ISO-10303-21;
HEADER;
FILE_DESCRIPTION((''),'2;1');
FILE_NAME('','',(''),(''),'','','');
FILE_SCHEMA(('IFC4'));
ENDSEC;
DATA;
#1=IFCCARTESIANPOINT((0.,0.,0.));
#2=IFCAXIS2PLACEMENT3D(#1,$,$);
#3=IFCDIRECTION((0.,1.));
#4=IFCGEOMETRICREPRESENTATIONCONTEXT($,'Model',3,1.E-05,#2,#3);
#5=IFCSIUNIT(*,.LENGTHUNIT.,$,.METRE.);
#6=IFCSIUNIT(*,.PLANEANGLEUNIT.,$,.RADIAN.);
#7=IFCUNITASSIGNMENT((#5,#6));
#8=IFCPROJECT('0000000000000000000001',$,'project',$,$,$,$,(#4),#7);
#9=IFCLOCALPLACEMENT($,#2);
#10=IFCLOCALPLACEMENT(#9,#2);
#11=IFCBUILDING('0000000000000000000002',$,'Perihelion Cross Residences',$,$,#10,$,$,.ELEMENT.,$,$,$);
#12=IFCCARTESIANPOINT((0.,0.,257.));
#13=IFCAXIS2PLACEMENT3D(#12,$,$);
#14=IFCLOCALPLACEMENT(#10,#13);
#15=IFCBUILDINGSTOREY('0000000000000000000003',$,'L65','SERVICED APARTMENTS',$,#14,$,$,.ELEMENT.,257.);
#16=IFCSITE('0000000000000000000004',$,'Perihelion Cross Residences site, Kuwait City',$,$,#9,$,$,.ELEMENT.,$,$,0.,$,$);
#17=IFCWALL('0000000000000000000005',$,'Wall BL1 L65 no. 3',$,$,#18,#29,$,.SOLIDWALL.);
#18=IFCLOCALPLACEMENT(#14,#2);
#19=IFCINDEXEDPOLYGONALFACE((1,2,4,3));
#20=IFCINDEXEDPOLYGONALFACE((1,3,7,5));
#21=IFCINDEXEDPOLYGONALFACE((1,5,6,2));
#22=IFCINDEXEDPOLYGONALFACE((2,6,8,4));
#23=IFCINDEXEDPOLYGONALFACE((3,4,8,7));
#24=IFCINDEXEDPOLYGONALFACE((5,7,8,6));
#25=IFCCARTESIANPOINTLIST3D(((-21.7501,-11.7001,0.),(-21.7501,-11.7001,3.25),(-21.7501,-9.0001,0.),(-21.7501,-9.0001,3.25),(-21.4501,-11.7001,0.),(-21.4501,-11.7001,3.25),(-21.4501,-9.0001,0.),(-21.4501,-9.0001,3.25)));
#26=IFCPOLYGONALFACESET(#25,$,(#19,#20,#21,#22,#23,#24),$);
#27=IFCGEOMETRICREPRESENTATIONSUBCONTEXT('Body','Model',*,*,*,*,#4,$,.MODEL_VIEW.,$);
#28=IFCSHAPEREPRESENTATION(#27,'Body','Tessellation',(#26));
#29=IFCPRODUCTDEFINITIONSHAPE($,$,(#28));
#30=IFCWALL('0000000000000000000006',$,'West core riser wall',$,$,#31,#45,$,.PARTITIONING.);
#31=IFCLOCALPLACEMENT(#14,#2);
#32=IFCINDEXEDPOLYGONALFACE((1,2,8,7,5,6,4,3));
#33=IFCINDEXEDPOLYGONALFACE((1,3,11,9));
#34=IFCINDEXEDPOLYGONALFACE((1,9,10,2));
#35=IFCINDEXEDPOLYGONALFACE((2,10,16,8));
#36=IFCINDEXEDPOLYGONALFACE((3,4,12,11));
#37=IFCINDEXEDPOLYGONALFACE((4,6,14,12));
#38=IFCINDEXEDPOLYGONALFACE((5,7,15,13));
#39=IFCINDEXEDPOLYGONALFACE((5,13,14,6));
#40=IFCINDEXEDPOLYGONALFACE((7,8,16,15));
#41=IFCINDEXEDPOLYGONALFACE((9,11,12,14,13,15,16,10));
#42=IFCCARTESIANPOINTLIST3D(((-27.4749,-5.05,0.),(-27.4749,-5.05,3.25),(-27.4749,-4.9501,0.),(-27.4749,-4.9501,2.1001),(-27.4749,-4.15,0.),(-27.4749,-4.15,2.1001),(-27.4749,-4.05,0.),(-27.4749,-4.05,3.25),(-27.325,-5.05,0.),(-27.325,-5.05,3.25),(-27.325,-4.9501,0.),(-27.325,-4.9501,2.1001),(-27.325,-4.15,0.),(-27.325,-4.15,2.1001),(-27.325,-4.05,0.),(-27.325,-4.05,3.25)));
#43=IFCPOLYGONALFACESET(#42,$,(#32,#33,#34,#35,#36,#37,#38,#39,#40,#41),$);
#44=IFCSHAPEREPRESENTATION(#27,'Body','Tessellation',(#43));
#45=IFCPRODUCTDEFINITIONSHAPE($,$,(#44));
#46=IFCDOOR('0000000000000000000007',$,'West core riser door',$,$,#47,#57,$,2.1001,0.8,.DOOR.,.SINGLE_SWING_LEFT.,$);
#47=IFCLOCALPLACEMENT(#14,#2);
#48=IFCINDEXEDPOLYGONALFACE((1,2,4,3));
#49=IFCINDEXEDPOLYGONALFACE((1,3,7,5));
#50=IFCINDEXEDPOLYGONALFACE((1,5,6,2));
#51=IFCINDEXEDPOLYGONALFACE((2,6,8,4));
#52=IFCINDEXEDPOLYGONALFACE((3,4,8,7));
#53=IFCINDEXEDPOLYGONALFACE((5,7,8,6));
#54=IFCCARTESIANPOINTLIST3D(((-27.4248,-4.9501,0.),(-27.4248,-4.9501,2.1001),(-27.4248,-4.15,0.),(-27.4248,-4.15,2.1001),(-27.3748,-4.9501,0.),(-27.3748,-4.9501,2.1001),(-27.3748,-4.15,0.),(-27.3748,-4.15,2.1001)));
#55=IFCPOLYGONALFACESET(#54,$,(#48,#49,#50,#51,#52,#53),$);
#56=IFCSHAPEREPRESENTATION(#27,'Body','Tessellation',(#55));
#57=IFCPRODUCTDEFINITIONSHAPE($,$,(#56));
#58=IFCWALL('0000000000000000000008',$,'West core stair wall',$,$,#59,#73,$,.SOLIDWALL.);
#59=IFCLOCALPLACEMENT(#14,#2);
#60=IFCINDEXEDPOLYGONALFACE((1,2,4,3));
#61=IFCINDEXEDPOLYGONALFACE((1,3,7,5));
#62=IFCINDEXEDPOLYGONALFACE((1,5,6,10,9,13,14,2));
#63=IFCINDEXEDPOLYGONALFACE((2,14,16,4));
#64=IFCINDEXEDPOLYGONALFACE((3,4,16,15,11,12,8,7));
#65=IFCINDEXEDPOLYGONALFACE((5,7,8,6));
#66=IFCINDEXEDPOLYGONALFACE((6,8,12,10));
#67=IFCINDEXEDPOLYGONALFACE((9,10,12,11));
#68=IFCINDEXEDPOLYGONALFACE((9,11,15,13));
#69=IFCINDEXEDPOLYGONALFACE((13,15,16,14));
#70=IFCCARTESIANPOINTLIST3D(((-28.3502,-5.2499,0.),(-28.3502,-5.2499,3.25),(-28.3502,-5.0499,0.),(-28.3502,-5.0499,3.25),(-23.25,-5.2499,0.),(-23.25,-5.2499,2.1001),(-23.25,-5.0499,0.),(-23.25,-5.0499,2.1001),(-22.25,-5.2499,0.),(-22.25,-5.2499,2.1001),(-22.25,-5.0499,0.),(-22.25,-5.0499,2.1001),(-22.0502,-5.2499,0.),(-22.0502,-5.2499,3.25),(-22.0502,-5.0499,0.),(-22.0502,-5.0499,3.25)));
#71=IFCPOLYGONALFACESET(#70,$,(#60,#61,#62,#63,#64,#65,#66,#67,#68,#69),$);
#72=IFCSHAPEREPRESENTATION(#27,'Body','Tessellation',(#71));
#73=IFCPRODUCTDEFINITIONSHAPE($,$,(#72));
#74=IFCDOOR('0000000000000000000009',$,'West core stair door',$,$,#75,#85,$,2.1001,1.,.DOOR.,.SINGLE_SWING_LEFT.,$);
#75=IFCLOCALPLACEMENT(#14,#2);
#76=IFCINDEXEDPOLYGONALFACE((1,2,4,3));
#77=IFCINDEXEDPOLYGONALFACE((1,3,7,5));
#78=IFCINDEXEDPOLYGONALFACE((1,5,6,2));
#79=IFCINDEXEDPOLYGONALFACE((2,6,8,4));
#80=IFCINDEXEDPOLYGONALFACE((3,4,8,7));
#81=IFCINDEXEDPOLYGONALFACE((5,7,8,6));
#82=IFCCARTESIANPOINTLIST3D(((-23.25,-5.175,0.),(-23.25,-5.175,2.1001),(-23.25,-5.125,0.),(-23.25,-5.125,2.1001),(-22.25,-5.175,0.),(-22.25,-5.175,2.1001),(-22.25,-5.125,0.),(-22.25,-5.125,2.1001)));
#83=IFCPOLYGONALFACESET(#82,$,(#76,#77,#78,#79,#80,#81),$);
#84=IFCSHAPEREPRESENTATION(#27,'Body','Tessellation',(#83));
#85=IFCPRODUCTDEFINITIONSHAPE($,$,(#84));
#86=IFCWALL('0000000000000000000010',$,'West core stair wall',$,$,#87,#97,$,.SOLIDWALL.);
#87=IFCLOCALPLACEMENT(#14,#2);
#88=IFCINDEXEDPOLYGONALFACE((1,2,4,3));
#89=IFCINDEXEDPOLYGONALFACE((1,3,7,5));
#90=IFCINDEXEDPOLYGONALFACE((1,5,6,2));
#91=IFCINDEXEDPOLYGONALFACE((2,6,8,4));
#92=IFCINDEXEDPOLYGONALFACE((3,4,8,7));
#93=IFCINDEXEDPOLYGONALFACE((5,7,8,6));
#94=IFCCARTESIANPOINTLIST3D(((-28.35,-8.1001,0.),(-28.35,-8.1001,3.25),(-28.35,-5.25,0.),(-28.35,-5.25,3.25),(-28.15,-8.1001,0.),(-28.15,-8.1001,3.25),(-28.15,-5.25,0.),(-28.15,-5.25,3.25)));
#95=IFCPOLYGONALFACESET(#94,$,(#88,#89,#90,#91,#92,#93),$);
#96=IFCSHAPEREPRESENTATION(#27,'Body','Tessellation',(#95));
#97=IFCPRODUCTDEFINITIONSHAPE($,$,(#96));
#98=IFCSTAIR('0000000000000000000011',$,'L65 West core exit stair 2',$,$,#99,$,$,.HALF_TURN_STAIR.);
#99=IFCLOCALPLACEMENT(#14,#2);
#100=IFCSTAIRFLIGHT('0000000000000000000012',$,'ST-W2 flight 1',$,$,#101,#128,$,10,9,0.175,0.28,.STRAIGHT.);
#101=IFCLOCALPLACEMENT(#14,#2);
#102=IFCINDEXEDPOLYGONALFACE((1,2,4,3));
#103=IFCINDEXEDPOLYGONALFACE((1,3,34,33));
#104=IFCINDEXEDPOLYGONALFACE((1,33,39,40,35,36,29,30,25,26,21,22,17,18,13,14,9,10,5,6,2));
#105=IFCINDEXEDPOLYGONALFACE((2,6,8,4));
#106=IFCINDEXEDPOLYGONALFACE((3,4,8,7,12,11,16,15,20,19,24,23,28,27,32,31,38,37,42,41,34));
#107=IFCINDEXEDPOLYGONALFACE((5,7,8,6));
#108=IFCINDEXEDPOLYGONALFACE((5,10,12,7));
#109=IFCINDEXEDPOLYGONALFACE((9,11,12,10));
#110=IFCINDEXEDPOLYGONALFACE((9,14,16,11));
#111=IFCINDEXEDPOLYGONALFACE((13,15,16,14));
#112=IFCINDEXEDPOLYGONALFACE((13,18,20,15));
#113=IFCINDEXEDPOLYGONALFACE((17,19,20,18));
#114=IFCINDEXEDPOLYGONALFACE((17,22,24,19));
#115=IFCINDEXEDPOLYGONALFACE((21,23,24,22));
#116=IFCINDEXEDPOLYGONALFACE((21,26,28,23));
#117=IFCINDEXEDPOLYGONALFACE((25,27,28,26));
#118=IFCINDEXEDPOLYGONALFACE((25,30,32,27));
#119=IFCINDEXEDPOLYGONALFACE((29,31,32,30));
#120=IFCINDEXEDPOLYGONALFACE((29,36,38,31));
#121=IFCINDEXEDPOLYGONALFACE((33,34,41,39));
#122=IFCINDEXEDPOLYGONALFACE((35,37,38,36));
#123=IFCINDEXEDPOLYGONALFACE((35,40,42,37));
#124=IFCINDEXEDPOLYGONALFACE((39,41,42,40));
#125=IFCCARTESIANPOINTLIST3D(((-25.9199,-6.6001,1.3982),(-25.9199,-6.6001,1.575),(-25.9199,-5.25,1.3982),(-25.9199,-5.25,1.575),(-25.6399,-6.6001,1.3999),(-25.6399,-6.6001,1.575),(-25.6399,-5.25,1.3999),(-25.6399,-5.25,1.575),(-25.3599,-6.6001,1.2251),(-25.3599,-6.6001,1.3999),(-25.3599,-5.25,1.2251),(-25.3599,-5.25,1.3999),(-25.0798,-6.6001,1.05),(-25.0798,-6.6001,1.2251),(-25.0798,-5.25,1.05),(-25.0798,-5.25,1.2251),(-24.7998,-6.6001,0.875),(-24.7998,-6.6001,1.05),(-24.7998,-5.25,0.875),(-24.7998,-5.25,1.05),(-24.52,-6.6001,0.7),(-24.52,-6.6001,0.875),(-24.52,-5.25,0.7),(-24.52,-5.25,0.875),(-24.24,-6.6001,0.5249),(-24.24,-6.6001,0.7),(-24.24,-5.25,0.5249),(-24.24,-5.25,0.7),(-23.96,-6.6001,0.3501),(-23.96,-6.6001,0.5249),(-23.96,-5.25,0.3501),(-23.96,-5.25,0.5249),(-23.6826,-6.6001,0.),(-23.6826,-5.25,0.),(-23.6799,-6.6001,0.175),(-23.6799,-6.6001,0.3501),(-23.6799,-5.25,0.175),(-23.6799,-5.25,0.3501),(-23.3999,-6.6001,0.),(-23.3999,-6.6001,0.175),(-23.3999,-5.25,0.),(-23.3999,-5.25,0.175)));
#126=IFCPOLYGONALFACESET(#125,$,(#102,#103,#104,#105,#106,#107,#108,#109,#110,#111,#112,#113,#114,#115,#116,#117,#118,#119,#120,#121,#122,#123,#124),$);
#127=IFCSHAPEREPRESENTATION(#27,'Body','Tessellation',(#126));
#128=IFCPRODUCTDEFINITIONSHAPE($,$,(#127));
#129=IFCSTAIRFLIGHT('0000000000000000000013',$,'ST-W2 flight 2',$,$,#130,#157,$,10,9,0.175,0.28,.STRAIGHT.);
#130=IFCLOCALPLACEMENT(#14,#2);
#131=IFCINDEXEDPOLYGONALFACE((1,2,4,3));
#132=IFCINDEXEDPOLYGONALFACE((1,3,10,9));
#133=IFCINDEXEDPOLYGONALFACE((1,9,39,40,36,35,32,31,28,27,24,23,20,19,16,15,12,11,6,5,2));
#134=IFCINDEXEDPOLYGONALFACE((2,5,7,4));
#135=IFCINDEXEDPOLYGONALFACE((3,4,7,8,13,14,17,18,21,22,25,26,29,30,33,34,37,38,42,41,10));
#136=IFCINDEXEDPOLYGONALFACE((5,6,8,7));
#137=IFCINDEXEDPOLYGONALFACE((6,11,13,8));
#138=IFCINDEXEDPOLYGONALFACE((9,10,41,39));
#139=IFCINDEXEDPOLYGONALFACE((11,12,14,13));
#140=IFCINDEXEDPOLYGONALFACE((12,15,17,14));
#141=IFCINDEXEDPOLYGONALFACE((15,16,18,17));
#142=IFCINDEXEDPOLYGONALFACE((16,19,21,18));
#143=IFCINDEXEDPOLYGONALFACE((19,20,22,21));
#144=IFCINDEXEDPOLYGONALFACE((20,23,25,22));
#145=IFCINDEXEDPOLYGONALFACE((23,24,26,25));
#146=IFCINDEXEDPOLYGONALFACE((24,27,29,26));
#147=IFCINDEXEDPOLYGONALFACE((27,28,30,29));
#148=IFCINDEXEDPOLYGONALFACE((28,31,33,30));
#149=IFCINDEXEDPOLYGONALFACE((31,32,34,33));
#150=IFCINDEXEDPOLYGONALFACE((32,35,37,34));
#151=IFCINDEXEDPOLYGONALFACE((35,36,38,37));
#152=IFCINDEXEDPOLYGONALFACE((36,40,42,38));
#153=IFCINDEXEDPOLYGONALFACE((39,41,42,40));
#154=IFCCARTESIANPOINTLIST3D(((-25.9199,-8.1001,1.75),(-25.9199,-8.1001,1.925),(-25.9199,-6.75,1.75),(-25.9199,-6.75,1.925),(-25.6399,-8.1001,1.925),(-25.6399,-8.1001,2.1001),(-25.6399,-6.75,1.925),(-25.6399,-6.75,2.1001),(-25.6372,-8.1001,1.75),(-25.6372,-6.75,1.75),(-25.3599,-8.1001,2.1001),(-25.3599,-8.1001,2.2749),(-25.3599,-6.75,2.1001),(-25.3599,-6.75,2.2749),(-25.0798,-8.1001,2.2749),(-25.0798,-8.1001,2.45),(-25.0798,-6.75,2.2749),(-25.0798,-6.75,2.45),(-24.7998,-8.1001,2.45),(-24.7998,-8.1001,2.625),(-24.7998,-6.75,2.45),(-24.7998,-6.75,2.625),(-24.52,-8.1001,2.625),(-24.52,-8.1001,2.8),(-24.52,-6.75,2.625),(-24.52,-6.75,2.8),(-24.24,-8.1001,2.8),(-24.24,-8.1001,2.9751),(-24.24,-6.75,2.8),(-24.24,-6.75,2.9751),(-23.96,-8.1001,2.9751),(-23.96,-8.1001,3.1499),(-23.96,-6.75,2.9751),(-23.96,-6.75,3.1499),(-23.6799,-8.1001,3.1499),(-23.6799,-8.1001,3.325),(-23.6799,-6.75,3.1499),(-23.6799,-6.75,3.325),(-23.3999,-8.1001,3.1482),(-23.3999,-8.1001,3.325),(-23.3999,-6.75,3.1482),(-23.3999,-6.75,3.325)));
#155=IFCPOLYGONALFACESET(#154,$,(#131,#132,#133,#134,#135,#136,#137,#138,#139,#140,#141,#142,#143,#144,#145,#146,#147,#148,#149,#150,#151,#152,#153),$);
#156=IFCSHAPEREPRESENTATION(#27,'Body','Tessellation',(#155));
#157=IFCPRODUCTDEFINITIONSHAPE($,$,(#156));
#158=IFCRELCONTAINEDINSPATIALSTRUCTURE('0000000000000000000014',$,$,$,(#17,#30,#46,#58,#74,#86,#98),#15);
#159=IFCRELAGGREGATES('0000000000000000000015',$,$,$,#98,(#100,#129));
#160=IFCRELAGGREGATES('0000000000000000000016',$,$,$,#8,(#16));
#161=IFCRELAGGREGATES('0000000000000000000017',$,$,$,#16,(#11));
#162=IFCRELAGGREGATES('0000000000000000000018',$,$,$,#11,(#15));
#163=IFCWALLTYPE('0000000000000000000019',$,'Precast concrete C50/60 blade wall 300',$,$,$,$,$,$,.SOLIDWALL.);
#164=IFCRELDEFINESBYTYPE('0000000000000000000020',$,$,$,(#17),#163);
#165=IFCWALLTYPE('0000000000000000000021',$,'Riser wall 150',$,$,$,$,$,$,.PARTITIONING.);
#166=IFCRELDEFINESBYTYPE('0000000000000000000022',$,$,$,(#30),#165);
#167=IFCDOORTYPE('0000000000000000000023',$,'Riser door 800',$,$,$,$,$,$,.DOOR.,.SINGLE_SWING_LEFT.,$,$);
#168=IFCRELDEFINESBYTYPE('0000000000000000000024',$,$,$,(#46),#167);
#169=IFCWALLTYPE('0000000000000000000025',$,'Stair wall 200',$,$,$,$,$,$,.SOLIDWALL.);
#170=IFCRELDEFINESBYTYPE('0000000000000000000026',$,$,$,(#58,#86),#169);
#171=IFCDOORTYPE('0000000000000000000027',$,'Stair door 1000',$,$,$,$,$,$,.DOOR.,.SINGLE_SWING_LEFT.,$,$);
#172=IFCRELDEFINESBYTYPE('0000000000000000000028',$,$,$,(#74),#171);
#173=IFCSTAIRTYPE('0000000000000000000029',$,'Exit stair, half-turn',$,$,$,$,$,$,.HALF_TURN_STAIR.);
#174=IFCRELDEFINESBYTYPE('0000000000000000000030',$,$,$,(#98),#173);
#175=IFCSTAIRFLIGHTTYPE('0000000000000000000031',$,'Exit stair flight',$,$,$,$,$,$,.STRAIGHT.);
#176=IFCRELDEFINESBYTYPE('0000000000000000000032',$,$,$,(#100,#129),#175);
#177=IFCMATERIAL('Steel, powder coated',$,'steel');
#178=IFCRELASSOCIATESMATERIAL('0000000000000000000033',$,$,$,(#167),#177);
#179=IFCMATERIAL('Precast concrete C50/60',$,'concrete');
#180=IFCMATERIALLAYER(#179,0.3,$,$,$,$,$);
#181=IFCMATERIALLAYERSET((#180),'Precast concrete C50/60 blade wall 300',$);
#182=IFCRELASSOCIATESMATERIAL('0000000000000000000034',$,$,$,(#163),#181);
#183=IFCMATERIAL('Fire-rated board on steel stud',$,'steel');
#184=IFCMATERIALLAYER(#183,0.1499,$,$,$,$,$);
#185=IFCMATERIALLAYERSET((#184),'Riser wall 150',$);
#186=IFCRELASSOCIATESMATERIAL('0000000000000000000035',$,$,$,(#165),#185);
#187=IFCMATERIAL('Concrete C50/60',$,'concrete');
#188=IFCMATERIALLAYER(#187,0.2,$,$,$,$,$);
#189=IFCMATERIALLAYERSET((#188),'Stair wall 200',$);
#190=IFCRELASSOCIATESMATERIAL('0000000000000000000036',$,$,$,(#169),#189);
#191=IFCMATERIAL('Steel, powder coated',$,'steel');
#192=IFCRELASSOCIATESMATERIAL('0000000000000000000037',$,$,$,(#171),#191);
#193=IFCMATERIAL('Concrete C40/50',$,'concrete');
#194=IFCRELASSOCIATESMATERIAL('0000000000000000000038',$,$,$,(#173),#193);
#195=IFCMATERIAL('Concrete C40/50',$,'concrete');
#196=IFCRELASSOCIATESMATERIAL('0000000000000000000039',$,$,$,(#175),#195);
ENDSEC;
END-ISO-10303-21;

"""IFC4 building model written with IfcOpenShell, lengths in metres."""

from ifc_helpers import new_model, si_unit, direction, frame, frame_2d, origin, place, context, subcontext, project, spatial, polyline, rectangle, outline, extrude, material, layer, layer_set, type_object, element, fill, aggregate, save


model = new_model("IFC4")

# Units and contexts
model_context = context("Model", 3, precision=1e-05, world=origin(), true_north=direction((0.0, 1.0)))
body_context = subcontext(model_context, "Body", "Model", "MODEL_VIEW")
ifc_project = project(units=[si_unit("LENGTHUNIT", "METRE"), si_unit("PLANEANGLEUNIT", "RADIAN")], contexts=[model_context])

# Site, building, storey
site_placement = place(None, origin())
site = spatial("IfcSite", under=ifc_project, at=site_placement, Name="Perihelion Cross Residences site, Kuwait City", CompositionType="ELEMENT", RefElevation=0.0)
building_placement = place(site_placement, origin())
building = spatial("IfcBuilding", under=site, at=building_placement, Name="Perihelion Cross Residences", CompositionType="ELEMENT")
storey_placement = place(building_placement, frame((0.0, 0.0, 257.0)))
storey = spatial("IfcBuildingStorey", under=building, at=storey_placement, Name="L65", Description="SERVICED APARTMENTS", CompositionType="ELEMENT", Elevation=257.0)

# Shared definitions
ifc_material_1 = material(Name="Steel, powder coated", Category="steel")
door_type_1 = type_object("IfcDoorType", Name="Riser door 800", OperationType="SINGLE_SWING_LEFT", PredefinedType="DOOR", material=ifc_material_1)

# Wall
ifc_material_2 = material(Name="Precast concrete C50/60", Category="concrete")
ifc_layer_1 = layer(ifc_material_2, 0.3)
ifc_layer_set_1 = layer_set([ifc_layer_1], Name="Precast concrete C50/60 blade wall 300")
wall_type_1 = type_object("IfcWallType", Name="Precast concrete C50/60 blade wall 300", PredefinedType="SOLIDWALL", material=ifc_layer_set_1)
wall_1_placement = place(storey_placement, frame((-21.6001, -9.0, 0.0), z_axis=(0.0, 0.0, 1.0), x_axis=(0.0, -1.0, 0.0)))
element("IfcWall", 1, at=wall_1_placement, inside=storey, type_object=wall_type_1, Name="Wall BL1 L65 no. 3", PredefinedType="SOLIDWALL", context=body_context, shape_type="SweptSolid", body=[
    extrude(rectangle(XDim=2.7, YDim=0.3, at=frame_2d((1.3501, 0.0))), origin(), (0.0, 0.0, 1.0), 3.25),
])

# Walls, openings, doors
ifc_material_3 = material(Name="Fire-rated board on steel stud", Category="steel")
ifc_layer_2 = layer(ifc_material_3, 0.1499)
ifc_layer_set_2 = layer_set([ifc_layer_2], Name="Riser wall 150")
wall_type_2 = type_object("IfcWallType", Name="Riser wall 150", PredefinedType="PARTITIONING", material=ifc_layer_set_2)
wall_2_placement = place(storey_placement, frame((-27.3999, -5.05, 0.0), z_axis=(0.0, 0.0, 1.0), x_axis=(0.0, 1.0, 0.0)))
wall_2 = element("IfcWall", 2, at=wall_2_placement, inside=storey, type_object=wall_type_2, Name="West core riser wall", PredefinedType="PARTITIONING", context=body_context, shape_type="SweptSolid", body=[
    extrude(rectangle(XDim=1.0, YDim=0.1499, at=frame_2d((0.5, 0.0))), origin(), (0.0, 0.0, 1.0), 3.25),
])
opening_1_placement = place(wall_2_placement, frame((0.1001, 0.0, 0.0)))
opening_1 = element("IfcOpeningElement", 3, at=opening_1_placement, cuts=wall_2, PredefinedType="OPENING", context=body_context, shape_type="SweptSolid", body=[
    extrude(rectangle(XDim=0.8, YDim=2.1001, at=frame_2d((0.3999, 1.05))), frame((0.0, 0.085, 0.0), z_axis=(0.0, -1.0, 0.0), x_axis=(1.0, 0.0, 0.0)), (0.0, 0.0, 1.0), 0.1699),
])
door_1_placement = place(opening_1_placement, origin())
door_1 = element("IfcDoor", 4, at=door_1_placement, inside=storey, type_object=door_type_1, Name="West core riser door", OperationType="SINGLE_SWING_LEFT", OverallHeight=2.1001, OverallWidth=0.8, PredefinedType="DOOR", context=body_context, shape_type="SweptSolid", body=[
    extrude(rectangle(XDim=0.8, YDim=2.1001, at=frame_2d((0.3999, 1.05))), frame((0.0, 0.0249, 0.0), z_axis=(0.0, -1.0, 0.0), x_axis=(1.0, 0.0, 0.0)), (0.0, 0.0, 1.0), 0.05),
])
fill(opening_1, door_1)
ifc_material_4 = material(Name="Concrete C50/60", Category="concrete")
ifc_layer_3 = layer(ifc_material_4, 0.2)
ifc_layer_set_3 = layer_set([ifc_layer_3], Name="Stair wall 200")
wall_type_3 = type_object("IfcWallType", Name="Stair wall 200", PredefinedType="SOLIDWALL", material=ifc_layer_set_3)
wall_3_placement = place(storey_placement, frame((-28.3501, -5.1499, 0.0), z_axis=(0.0, 0.0, 1.0), x_axis=(1.0, 0.0, 0.0)))
wall_3 = element("IfcWall", 5, at=wall_3_placement, inside=storey, type_object=wall_type_3, Name="West core stair wall", PredefinedType="SOLIDWALL", context=body_context, shape_type="SweptSolid", body=[
    extrude(rectangle(XDim=6.3, YDim=0.2, at=frame_2d((3.1499, 0.0))), origin(), (0.0, 0.0, 1.0), 3.25),
])
opening_2_placement = place(wall_3_placement, frame((5.1001, 0.0, 0.0)))
opening_2 = element("IfcOpeningElement", 6, at=opening_2_placement, cuts=wall_3, PredefinedType="OPENING", context=body_context, shape_type="SweptSolid", body=[
    extrude(rectangle(XDim=1.0, YDim=2.1001, at=frame_2d((0.5, 1.05))), frame((0.0, 0.1099, 0.0), z_axis=(0.0, -1.0, 0.0), x_axis=(1.0, 0.0, 0.0)), (0.0, 0.0, 1.0), 0.22),
])
ifc_material_5 = material(Name="Steel, powder coated", Category="steel")
door_type_2 = type_object("IfcDoorType", Name="Stair door 1000", OperationType="SINGLE_SWING_LEFT", PredefinedType="DOOR", material=ifc_material_5)
door_2_placement = place(opening_2_placement, origin())
door_2 = element("IfcDoor", 7, at=door_2_placement, inside=storey, type_object=door_type_2, Name="West core stair door", OperationType="SINGLE_SWING_LEFT", OverallHeight=2.1001, OverallWidth=1.0, PredefinedType="DOOR", context=body_context, shape_type="SweptSolid", body=[
    extrude(rectangle(XDim=1.0, YDim=2.1001, at=frame_2d((0.5, 1.05))), frame((0.0, 0.0249, 0.0), z_axis=(0.0, -1.0, 0.0), x_axis=(1.0, 0.0, 0.0)), (0.0, 0.0, 1.0), 0.05),
])
fill(opening_2, door_2)

# Wall
wall_4_placement = place(storey_placement, frame((-28.25, -8.1001, 0.0), z_axis=(0.0, 0.0, 1.0), x_axis=(0.0, 1.0, 0.0)))
element("IfcWall", 8, at=wall_4_placement, inside=storey, type_object=wall_type_3, Name="West core stair wall", PredefinedType="SOLIDWALL", context=body_context, shape_type="SweptSolid", body=[
    extrude(rectangle(XDim=2.8501, YDim=0.2, at=frame_2d((1.425, 0.0))), origin(), (0.0, 0.0, 1.0), 3.25),
])

# Stair, stair flights
ifc_material_6 = material(Name="Concrete C40/50", Category="concrete")
stair_type = type_object("IfcStairType", Name="Exit stair, half-turn", PredefinedType="HALF_TURN_STAIR", material=ifc_material_6)
stair_placement = place(storey_placement, origin())
stair = element("IfcStair", 9, at=stair_placement, inside=storey, type_object=stair_type, Name="L65 West core exit stair 2", PredefinedType="HALF_TURN_STAIR")
ifc_material_7 = material(Name="Concrete C40/50", Category="concrete")
stair_flight_type = type_object("IfcStairFlightType", Name="Exit stair flight", PredefinedType="STRAIGHT", material=ifc_material_7)
stair_flight_1_placement = place(storey_placement, frame((-23.3999, -5.925, 0.0), z_axis=(0.0, 0.0, 1.0), x_axis=(-1.0, 0.0, 0.0)))
stair_flight_1 = element("IfcStairFlight", 10, at=stair_flight_1_placement, type_object=stair_flight_type, Name="ST-W2 flight 1", NumberOfRisers=10, NumberOfTreads=9, PredefinedType="STRAIGHT", RiserHeight=0.175, TreadLength=0.28, context=body_context, shape_type="SweptSolid", body=[
    extrude(outline(polyline([(0.0, 0.0), (0.0, 0.175), (0.28, 0.175), (0.28, 0.3501), (0.5601, 0.3501), (0.5601, 0.5249), (0.8401, 0.5249), (0.8401, 0.7), (1.1201, 0.7), (1.1201, 0.875), (1.3999, 0.875), (1.3999, 1.05), (1.6799, 1.05), (1.6799, 1.2251), (1.96, 1.2251), (1.96, 1.3999), (2.24, 1.3999), (2.24, 1.575), (2.52, 1.575), (2.52, 1.75), (2.52, 1.3982), (0.2827, 0.0), (0.0, 0.0)])), frame((0.0, 0.675, 0.0), z_axis=(0.0, -1.0, 0.0), x_axis=(1.0, 0.0, 0.0)), (0.0, 0.0, 1.0), 1.3501),
])
stair_flight_2_placement = place(storey_placement, frame((-25.9199, -7.425, 1.75), z_axis=(0.0, 0.0, 1.0), x_axis=(1.0, 0.0, 0.0)))
stair_flight_2 = element("IfcStairFlight", 11, at=stair_flight_2_placement, type_object=stair_flight_type, Name="ST-W2 flight 2", NumberOfRisers=10, NumberOfTreads=9, PredefinedType="STRAIGHT", RiserHeight=0.175, TreadLength=0.28, context=body_context, shape_type="SweptSolid", body=[
    extrude(outline(polyline([(0.0, 0.0), (0.0, 0.175), (0.28, 0.175), (0.28, 0.3501), (0.5601, 0.3501), (0.5601, 0.5249), (0.8401, 0.5249), (0.8401, 0.7), (1.1201, 0.7), (1.1201, 0.875), (1.3999, 0.875), (1.3999, 1.05), (1.6799, 1.05), (1.6799, 1.2251), (1.96, 1.2251), (1.96, 1.3999), (2.24, 1.3999), (2.24, 1.575), (2.52, 1.575), (2.52, 1.75), (2.52, 1.3982), (0.2827, 0.0), (0.0, 0.0)])), frame((0.0, 0.675, 0.0), z_axis=(0.0, -1.0, 0.0), x_axis=(1.0, 0.0, 0.0)), (0.0, 0.0, 1.0), 1.3501),
])
aggregate(stair, [stair_flight_1, stair_flight_2])

save(model, "model.ifc")
